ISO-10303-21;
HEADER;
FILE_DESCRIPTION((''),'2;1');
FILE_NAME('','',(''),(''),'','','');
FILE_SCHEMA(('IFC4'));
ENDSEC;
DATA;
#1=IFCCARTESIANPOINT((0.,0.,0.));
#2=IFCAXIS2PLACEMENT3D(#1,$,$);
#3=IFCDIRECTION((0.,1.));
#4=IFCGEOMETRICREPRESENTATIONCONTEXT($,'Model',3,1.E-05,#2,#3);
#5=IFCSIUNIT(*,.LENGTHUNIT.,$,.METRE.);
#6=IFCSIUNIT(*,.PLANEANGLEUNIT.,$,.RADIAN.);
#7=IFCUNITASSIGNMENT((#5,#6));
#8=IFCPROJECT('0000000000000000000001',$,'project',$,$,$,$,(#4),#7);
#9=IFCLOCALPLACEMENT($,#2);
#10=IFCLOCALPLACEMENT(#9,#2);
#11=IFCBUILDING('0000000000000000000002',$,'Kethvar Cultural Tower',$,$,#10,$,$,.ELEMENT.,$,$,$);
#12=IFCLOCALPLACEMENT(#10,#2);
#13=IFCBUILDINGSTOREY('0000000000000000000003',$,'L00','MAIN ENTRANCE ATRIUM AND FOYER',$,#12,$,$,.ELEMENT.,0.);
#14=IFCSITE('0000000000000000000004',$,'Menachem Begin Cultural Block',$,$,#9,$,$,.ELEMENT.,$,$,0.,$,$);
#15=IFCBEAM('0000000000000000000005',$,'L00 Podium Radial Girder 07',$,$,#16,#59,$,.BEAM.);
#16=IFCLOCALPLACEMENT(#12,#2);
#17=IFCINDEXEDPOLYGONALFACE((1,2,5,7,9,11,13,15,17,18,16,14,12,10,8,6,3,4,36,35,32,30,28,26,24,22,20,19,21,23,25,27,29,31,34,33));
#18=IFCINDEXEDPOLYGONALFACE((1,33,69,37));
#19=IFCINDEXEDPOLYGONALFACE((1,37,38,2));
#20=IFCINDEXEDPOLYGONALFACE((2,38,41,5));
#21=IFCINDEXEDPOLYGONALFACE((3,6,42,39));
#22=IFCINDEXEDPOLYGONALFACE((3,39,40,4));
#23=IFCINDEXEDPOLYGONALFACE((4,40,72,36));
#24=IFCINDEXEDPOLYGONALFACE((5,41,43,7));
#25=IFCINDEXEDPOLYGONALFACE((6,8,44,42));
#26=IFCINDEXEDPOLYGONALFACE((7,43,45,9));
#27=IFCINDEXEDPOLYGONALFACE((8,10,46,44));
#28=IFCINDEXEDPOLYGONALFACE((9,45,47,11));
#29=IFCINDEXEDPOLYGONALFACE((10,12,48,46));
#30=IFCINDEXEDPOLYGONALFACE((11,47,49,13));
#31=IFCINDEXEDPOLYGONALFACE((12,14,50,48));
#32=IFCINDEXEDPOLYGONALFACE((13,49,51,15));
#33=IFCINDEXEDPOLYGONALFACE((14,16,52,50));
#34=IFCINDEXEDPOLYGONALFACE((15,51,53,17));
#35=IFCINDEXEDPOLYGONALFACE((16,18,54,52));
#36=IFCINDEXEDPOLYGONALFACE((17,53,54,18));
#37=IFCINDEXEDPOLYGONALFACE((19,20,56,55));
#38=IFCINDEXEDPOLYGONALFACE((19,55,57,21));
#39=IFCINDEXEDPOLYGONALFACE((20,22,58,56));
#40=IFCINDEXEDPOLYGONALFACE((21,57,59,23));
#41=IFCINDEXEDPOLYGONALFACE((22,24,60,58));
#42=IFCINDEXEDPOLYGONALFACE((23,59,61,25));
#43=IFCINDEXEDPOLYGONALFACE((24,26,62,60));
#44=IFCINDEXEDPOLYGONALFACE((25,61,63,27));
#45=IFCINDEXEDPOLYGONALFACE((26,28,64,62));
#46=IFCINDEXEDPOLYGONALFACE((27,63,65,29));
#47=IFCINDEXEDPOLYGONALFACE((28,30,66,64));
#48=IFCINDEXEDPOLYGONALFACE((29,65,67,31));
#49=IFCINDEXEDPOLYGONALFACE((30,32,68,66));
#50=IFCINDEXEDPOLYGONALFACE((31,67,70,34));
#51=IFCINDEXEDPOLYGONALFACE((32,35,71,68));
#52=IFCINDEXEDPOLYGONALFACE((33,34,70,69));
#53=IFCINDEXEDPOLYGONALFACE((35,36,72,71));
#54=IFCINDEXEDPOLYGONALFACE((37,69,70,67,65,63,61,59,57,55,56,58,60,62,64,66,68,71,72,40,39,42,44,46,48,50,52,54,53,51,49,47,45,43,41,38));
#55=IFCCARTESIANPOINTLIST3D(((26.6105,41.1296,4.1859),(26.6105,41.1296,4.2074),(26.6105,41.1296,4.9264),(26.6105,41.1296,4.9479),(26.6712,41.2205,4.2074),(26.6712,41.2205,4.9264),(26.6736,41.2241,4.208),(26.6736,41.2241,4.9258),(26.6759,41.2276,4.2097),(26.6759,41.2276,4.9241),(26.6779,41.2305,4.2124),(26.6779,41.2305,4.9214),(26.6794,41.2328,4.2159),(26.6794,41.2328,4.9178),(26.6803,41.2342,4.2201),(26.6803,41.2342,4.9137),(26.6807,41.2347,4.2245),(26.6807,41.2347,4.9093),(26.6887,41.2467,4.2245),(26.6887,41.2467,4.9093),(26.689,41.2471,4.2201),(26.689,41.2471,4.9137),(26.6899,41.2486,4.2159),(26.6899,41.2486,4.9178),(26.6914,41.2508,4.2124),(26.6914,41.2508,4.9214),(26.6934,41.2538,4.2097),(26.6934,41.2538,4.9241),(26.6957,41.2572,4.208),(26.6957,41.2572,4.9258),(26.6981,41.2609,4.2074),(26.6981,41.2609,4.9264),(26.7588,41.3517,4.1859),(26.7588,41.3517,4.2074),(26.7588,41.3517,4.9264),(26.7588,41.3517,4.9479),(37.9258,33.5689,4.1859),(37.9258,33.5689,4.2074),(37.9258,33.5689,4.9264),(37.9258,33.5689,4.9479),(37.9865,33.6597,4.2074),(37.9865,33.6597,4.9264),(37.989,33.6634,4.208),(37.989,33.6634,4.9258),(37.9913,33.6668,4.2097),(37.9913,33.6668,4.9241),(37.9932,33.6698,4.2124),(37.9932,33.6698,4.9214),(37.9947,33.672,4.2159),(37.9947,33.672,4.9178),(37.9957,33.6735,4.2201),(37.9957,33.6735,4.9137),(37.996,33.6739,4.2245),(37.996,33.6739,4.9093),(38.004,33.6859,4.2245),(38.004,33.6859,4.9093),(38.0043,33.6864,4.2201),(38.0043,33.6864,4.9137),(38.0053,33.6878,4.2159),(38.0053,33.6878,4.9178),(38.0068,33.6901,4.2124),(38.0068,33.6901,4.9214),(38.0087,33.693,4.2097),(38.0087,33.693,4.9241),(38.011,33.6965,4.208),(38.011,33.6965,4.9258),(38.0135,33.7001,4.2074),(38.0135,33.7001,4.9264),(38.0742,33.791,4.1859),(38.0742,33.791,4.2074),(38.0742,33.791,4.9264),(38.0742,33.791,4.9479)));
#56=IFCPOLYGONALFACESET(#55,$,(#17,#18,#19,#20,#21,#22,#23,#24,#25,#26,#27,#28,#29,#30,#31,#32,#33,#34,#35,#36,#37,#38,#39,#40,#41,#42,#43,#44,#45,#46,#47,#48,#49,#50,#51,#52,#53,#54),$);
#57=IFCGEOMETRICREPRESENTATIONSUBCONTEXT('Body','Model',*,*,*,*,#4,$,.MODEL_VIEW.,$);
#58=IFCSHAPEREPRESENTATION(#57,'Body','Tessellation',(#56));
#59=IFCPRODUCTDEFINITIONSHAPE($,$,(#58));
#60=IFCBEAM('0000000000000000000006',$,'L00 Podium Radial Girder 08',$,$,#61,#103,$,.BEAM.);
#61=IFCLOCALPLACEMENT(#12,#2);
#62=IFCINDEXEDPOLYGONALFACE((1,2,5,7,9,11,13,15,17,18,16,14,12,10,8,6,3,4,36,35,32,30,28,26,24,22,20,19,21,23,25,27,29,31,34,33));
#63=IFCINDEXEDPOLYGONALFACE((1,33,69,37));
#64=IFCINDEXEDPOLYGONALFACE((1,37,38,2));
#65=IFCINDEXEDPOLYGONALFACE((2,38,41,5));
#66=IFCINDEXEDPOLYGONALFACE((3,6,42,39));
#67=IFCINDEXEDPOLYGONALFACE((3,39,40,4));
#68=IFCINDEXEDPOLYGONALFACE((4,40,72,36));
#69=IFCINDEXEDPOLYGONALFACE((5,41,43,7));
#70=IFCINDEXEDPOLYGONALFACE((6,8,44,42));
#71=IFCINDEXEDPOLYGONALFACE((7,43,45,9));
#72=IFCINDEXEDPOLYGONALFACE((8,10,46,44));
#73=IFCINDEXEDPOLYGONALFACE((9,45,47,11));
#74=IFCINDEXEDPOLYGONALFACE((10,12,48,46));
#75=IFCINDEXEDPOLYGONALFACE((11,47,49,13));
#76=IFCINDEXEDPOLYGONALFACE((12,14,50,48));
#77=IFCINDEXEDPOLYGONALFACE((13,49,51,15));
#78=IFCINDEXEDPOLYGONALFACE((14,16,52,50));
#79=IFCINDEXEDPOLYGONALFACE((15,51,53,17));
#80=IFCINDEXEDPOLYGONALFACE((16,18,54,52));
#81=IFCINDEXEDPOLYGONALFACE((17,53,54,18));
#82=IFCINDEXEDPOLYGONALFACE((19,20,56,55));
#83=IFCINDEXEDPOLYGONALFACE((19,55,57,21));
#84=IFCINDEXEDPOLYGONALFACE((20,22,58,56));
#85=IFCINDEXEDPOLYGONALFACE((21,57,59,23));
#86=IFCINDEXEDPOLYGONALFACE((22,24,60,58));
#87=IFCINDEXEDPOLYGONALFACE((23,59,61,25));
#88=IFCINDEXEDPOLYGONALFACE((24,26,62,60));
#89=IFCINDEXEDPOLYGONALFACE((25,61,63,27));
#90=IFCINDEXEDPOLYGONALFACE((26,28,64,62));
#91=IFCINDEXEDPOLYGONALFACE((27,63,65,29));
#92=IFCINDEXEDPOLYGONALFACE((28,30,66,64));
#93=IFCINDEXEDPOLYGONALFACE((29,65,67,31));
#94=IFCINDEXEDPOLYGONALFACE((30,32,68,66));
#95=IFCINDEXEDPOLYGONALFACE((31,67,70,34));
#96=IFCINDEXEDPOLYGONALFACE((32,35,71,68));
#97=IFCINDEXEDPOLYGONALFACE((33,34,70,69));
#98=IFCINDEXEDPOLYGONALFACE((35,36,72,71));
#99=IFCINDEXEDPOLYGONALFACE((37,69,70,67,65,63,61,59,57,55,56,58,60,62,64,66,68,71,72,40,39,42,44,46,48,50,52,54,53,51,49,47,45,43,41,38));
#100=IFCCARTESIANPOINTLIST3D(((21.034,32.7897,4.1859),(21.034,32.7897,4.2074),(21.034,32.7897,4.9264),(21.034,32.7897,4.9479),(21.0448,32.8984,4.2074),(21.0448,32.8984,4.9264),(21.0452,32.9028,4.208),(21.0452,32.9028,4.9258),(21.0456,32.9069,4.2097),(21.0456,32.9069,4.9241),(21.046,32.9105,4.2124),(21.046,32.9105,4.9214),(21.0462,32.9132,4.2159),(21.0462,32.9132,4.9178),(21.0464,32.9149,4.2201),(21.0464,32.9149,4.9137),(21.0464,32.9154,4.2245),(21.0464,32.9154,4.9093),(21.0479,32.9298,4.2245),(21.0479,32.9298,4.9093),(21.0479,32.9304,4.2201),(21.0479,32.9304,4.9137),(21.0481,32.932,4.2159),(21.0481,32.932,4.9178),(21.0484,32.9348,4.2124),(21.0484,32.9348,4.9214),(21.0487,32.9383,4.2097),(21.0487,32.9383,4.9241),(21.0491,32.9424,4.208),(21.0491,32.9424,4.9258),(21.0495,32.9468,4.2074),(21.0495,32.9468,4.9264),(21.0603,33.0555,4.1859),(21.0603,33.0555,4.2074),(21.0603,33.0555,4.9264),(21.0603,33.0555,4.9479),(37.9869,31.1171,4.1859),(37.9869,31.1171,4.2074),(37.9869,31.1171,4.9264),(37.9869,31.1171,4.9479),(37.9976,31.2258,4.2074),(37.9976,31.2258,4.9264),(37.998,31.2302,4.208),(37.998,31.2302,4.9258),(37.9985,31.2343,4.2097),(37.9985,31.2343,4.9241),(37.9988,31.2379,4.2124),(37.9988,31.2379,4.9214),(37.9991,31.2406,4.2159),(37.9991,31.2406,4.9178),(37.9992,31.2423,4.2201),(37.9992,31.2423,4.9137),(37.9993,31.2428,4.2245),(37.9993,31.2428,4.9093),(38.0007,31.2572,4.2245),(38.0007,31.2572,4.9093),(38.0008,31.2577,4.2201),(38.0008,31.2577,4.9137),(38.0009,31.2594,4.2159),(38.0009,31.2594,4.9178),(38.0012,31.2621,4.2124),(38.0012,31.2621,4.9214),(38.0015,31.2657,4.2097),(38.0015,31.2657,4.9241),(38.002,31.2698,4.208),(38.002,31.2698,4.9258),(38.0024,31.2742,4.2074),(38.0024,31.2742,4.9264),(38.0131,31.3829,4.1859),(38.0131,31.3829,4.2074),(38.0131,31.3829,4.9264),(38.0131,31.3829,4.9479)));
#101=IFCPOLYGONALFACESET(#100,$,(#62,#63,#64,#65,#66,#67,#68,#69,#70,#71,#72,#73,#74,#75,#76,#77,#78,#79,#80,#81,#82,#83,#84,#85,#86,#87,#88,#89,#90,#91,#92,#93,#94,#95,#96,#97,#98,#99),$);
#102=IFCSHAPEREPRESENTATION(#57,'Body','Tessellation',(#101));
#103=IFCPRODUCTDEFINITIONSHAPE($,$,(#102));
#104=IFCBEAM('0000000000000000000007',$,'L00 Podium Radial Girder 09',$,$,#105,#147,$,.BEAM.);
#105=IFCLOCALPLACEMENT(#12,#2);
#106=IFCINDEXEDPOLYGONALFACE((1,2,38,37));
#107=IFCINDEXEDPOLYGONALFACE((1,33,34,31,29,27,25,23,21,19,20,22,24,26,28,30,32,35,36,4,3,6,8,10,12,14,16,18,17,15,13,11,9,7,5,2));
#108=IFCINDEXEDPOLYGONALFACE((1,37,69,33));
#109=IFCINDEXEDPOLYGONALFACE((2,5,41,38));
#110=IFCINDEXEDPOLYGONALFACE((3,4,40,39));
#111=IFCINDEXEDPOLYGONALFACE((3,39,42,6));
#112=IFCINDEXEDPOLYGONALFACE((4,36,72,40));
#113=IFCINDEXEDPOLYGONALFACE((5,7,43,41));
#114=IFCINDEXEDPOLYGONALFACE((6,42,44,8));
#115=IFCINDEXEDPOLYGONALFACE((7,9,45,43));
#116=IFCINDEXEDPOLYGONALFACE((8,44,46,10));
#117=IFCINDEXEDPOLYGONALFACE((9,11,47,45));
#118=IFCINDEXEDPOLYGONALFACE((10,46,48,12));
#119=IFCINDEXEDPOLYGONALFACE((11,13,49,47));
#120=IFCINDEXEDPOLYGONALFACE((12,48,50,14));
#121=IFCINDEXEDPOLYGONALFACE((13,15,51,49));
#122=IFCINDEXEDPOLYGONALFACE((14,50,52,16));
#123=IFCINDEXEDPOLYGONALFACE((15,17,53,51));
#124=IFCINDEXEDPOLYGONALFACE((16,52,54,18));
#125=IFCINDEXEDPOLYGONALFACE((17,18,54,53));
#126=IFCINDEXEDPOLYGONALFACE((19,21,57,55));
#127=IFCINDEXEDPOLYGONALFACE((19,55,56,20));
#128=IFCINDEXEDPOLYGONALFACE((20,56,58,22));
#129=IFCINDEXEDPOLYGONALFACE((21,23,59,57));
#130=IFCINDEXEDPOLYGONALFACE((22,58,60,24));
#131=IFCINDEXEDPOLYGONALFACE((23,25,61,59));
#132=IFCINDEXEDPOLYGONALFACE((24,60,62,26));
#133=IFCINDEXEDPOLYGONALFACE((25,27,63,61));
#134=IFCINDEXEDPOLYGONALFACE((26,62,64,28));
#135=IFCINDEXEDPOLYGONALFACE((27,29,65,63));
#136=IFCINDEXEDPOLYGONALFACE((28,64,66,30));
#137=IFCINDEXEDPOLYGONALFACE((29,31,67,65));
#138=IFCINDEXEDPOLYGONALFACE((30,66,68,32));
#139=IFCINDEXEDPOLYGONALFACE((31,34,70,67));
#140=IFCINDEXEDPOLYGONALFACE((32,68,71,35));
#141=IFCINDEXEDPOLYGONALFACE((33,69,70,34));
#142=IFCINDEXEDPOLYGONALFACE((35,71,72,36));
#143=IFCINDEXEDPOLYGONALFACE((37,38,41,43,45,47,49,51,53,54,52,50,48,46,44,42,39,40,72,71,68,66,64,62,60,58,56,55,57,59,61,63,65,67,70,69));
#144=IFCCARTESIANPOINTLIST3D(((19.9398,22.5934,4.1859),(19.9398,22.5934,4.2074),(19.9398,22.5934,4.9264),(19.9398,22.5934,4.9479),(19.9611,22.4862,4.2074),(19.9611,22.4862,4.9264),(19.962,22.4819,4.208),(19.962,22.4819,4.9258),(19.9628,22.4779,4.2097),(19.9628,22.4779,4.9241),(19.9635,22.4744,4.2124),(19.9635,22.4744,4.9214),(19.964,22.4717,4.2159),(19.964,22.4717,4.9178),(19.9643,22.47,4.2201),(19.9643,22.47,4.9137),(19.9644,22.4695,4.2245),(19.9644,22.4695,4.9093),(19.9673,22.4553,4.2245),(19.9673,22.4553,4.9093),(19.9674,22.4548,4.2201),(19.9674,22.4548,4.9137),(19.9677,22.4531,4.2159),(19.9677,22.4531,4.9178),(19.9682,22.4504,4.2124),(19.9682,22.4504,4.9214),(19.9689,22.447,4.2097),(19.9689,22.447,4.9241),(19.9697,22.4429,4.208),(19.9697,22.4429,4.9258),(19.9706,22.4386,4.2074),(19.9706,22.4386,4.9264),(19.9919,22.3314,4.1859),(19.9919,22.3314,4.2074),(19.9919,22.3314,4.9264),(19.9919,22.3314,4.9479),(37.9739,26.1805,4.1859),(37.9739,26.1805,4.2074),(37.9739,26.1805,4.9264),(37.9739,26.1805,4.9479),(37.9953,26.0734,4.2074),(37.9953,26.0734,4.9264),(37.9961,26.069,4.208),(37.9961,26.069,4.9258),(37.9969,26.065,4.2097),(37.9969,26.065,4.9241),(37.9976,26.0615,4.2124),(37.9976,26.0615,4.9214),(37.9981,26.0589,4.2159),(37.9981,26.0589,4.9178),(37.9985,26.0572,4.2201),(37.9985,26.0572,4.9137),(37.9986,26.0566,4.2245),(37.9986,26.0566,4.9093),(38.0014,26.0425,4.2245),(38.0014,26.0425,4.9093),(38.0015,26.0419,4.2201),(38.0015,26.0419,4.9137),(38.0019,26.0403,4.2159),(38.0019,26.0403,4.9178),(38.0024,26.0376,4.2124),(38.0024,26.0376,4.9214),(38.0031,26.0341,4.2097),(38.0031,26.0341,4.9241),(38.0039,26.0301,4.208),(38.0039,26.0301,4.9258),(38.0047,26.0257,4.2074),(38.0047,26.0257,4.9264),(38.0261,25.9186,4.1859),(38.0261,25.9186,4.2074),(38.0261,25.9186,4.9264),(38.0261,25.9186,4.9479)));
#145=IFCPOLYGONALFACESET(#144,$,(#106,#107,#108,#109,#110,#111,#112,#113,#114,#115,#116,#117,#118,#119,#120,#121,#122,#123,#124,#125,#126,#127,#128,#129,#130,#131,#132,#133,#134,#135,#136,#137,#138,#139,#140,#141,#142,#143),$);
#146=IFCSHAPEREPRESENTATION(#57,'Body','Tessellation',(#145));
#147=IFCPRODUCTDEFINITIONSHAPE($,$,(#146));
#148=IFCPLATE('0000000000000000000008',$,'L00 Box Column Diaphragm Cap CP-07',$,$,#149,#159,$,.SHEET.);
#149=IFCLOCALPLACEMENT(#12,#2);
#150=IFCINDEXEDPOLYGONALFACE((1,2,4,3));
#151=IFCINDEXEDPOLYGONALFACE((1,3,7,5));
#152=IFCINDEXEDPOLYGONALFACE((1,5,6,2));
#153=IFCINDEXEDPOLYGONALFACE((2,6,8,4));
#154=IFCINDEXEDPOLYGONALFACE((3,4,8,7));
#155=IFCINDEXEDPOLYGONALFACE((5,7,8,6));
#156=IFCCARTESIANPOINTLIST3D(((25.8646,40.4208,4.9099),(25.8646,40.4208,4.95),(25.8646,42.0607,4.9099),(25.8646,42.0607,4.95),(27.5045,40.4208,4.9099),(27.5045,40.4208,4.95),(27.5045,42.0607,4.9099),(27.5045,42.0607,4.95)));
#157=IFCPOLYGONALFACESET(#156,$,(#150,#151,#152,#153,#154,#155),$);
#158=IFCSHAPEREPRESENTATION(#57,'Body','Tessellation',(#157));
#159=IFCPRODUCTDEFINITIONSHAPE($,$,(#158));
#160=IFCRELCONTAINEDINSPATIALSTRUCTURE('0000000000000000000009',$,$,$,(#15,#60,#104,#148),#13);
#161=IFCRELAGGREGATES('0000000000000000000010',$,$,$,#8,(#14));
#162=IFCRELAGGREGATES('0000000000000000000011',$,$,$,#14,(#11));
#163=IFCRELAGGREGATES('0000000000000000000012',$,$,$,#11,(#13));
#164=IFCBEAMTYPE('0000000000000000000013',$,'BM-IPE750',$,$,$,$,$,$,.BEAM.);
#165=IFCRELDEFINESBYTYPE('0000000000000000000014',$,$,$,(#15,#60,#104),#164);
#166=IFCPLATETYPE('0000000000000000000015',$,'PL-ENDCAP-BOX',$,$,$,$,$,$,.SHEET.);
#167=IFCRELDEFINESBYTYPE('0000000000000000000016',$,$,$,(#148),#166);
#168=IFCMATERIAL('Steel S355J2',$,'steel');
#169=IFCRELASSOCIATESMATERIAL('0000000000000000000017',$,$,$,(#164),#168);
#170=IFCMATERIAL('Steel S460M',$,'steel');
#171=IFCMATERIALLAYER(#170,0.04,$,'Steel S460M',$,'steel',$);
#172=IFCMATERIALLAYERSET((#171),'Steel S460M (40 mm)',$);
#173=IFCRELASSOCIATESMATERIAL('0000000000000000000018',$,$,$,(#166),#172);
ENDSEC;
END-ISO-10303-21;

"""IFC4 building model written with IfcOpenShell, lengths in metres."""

from ifc_helpers import new_model, si_unit, direction, frame, origin, origin_2d, place, context, subcontext, project, spatial, rectangle, i_section, extrude, source, transform, mapped, material, layer, layer_set, material_profile, profile_set, type_object, element, save


model = new_model("IFC4")

# Units and contexts
model_context = context("Model", 3, precision=1e-05, world=origin(), true_north=direction((0.0, 1.0)))
body_context = subcontext(model_context, "Body", "Model", "MODEL_VIEW")
ifc_project = project(units=[si_unit("LENGTHUNIT", "METRE"), si_unit("PLANEANGLEUNIT", "RADIAN")], contexts=[model_context])

# Site, building, storey
site_placement = place(None, origin())
site = spatial("IfcSite", under=ifc_project, at=site_placement, Name="Menachem Begin Cultural Block", CompositionType="ELEMENT", RefElevation=0.0)
building_placement = place(site_placement, origin())
building = spatial("IfcBuilding", under=site, at=building_placement, Name="Kethvar Cultural Tower", CompositionType="ELEMENT")
storey_placement = place(building_placement, origin())
storey = spatial("IfcBuildingStorey", under=building, at=storey_placement, Name="L00", Description="MAIN ENTRANCE ATRIUM AND FOYER", CompositionType="ELEMENT", Elevation=0.0)

# Shared definitions
ifc_material_1 = material(Name="Steel S460M", Category="steel")

# Beams
ifc_material_2 = material(Name="Steel S355J2", Category="steel")
ifc_material_profile_1 = material_profile(ifc_material_2, i_section(OverallWidth=0.2671, OverallDepth=0.762, WebThickness=0.0144, FlangeThickness=0.0215, FilletRadius=0.0171, at=origin_2d()), Name="Steel S355J2 — IPE750x173")
ifc_profile_set_1 = profile_set([ifc_material_profile_1], Name="Steel S355J2 — IPE750x173")
beam_type_1 = type_object("IfcBeamType", Name="BM-IPE750", PredefinedType="BEAM", material=ifc_profile_set_1)
shared_shape_1 = source(origin(), body_context, "Body", "SweptSolid", [
    extrude(i_section(OverallWidth=0.2671, OverallDepth=0.762, WebThickness=0.0144, FlangeThickness=0.0215, FilletRadius=0.0171, at=origin_2d()), origin(), (0.0, 0.0, 1.0), 13.6089),
])
beam_1_placement = place(storey_placement, frame((38.0, 33.6799, 4.5669), z_axis=(-0.831467, 0.555573, 0.0), x_axis=(-0.555573, -0.831467, 0.0)))
element("IfcBeam", 1, at=beam_1_placement, inside=storey, type_object=beam_type_1, Name="L00 Podium Radial Girder 07", PredefinedType="BEAM", context=body_context, shape_type="MappedRepresentation", body=[
    mapped(shared_shape_1, transform((0.0, 0.0, 0.0), scale=1.0)),
])
shared_shape_2 = source(origin(), body_context, "Body", "SweptSolid", [
    extrude(i_section(OverallWidth=0.2671, OverallDepth=0.762, WebThickness=0.0144, FlangeThickness=0.0215, FilletRadius=0.0171, at=origin_2d()), origin(), (0.0, 0.0, 1.0), 17.0352),
])
beam_2_placement = place(storey_placement, frame((38.0, 31.25, 4.5669), z_axis=(-0.995168, 0.098185, 0.0), x_axis=(-0.098185, -0.995168, 0.0)))
element("IfcBeam", 2, at=beam_2_placement, inside=storey, type_object=beam_type_1, Name="L00 Podium Radial Girder 08", PredefinedType="BEAM", context=body_context, shape_type="MappedRepresentation", body=[
    mapped(shared_shape_2, transform((0.0, 0.0, 0.0), scale=1.0)),
])
shared_shape_3 = source(origin(), body_context, "Body", "SweptSolid", [
    extrude(i_section(OverallWidth=0.2671, OverallDepth=0.762, WebThickness=0.0144, FlangeThickness=0.0215, FilletRadius=0.0171, at=origin_2d()), origin(), (0.0, 0.0, 1.0), 18.3875),
])
beam_3_placement = place(storey_placement, frame((38.0, 26.0496, 4.5669), z_axis=(-0.980786, -0.195087, 0.0), x_axis=(0.195087, -0.980786, 0.0)))
element("IfcBeam", 3, at=beam_3_placement, inside=storey, type_object=beam_type_1, Name="L00 Podium Radial Girder 09", PredefinedType="BEAM", context=body_context, shape_type="MappedRepresentation", body=[
    mapped(shared_shape_3, transform((0.0, 0.0, 0.0), scale=1.0)),
])

# Plate
ifc_layer_1 = layer(ifc_material_1, 0.04, Name="Steel S460M", Category="steel")
ifc_layer_set_1 = layer_set([ifc_layer_1], Name="Steel S460M (40 mm)")
plate_type = type_object("IfcPlateType", Name="PL-ENDCAP-BOX", PredefinedType="SHEET", material=ifc_layer_set_1)
shared_shape_4 = source(origin(), body_context, "Body", "SweptSolid", [
    extrude(rectangle(XDim=1.6399, YDim=1.6399, at=origin_2d()), origin(), (0.0, 0.0, 1.0), 0.04),
])
plate_placement = place(storey_placement, frame((26.6846, 41.2407, 4.9099), z_axis=(0.0, 0.0, 1.0), x_axis=(1.0, 0.0, 0.0)))
element("IfcPlate", 4, at=plate_placement, inside=storey, type_object=plate_type, Name="L00 Box Column Diaphragm Cap CP-07", PredefinedType="SHEET", context=body_context, shape_type="MappedRepresentation", body=[
    mapped(shared_shape_4, transform((0.0, 0.0, 0.0), scale=1.0)),
])

save(model, "model.ifc")
